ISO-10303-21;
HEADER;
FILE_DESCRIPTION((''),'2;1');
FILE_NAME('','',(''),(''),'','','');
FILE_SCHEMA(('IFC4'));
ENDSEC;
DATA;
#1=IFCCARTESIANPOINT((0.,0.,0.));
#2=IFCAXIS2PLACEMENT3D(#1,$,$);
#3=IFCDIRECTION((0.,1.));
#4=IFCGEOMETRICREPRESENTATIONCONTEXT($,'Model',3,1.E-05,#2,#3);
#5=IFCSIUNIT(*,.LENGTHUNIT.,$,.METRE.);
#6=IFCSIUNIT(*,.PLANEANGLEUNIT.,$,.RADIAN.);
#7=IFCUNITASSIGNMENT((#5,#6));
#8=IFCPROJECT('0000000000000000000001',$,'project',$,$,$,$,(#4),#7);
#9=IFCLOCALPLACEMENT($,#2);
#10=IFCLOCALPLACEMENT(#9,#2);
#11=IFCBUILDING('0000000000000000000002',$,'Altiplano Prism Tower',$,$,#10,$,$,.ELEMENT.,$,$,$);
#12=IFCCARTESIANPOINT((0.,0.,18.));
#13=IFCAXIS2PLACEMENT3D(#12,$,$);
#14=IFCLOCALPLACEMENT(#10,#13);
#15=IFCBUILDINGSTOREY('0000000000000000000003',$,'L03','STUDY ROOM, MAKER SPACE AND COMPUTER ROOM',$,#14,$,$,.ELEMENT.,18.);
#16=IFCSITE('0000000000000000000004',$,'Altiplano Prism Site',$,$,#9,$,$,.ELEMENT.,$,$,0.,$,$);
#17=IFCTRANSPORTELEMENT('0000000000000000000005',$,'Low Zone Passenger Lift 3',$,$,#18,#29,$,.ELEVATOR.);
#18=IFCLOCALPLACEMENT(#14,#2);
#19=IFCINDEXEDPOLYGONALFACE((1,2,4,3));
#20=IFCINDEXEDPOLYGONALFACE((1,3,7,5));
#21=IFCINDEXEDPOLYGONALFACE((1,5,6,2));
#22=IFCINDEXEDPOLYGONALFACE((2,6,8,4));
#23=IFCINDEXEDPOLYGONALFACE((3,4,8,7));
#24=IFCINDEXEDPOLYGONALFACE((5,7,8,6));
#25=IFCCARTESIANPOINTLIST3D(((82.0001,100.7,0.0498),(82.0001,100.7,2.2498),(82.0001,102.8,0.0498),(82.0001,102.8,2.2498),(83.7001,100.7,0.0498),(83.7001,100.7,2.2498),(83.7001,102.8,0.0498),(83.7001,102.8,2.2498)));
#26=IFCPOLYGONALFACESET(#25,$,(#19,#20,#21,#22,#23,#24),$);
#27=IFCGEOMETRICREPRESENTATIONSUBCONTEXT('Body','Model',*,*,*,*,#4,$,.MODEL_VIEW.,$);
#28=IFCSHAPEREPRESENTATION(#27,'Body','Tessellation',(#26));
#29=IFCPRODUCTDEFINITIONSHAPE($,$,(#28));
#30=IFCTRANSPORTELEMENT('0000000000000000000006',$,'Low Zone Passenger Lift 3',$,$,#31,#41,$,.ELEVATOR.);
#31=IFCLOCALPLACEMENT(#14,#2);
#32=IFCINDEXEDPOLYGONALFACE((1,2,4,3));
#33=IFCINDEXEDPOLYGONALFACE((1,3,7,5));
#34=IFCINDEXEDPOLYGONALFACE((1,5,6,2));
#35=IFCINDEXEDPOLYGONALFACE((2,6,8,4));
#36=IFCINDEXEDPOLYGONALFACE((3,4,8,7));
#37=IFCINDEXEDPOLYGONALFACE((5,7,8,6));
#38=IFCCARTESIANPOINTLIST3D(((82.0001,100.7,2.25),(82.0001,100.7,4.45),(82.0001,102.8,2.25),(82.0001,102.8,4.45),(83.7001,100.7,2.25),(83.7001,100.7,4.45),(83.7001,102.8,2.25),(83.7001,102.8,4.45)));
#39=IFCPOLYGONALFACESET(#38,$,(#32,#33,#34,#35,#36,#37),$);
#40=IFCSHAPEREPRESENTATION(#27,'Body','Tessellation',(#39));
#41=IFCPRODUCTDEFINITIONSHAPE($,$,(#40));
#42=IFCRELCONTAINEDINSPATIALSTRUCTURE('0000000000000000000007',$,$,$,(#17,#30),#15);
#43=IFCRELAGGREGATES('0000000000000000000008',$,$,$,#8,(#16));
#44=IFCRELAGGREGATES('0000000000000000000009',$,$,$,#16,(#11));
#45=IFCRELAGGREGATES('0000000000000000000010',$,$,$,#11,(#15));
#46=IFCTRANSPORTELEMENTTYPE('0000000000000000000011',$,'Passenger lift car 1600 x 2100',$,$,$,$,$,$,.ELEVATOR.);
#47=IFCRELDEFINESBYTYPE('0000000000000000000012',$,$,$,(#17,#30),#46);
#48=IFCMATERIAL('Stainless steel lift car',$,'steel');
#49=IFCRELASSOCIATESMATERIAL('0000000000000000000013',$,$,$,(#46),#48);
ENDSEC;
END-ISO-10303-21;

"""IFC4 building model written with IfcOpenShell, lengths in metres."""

from ifc_helpers import new_model, si_unit, direction, frame, origin, origin_2d, place, context, subcontext, project, spatial, rectangle, extrude, material, type_object, element, save


model = new_model("IFC4")

# Units and contexts
model_context = context("Model", 3, precision=1e-05, world=origin(), true_north=direction((0.0, 1.0)))
body_context = subcontext(model_context, "Body", "Model", "MODEL_VIEW")
ifc_project = project(units=[si_unit("LENGTHUNIT", "METRE"), si_unit("PLANEANGLEUNIT", "RADIAN")], contexts=[model_context])

# Site, building, storey
site_placement = place(None, origin())
site = spatial("IfcSite", under=ifc_project, at=site_placement, Name="Altiplano Prism Site", CompositionType="ELEMENT", RefElevation=0.0)
building_placement = place(site_placement, origin())
building = spatial("IfcBuilding", under=site, at=building_placement, Name="Altiplano Prism Tower", CompositionType="ELEMENT")
storey_placement = place(building_placement, frame((0.0, 0.0, 18.0)))
storey = spatial("IfcBuildingStorey", under=building, at=storey_placement, Name="L03", Description="STUDY ROOM, MAKER SPACE AND COMPUTER ROOM", CompositionType="ELEMENT", Elevation=18.0)

# Transport elements
ifc_material_1 = material(Name="Stainless steel lift car", Category="steel")
transport_element_type = type_object("IfcTransportElementType", Name="Passenger lift car 1600 x 2100", PredefinedType="ELEVATOR", material=ifc_material_1)
for number, where, z_axis, x_axis, name in (
    (1, (82.8501, 101.75, 0.0498), (0.0, 0.0, 1.0), (1.0, 0.0, 0.0), "Low Zone Passenger Lift 3"),
    (2, (82.8501, 101.75, 2.25), (0.0, 0.0, 1.0), (1.0, 0.0, 0.0), "Low Zone Passenger Lift 3"),
):
    element("IfcTransportElement", number, at=place(storey_placement, frame(where, z_axis=z_axis, x_axis=x_axis)), inside=storey, type_object=transport_element_type, Name=name, PredefinedType="ELEVATOR", context=body_context, shape_type="SweptSolid", body=[
        extrude(rectangle(XDim=1.7, YDim=2.1001, at=origin_2d()), origin(), (0.0, 0.0, 1.0), 2.2),
    ])

save(model, "model.ifc")
